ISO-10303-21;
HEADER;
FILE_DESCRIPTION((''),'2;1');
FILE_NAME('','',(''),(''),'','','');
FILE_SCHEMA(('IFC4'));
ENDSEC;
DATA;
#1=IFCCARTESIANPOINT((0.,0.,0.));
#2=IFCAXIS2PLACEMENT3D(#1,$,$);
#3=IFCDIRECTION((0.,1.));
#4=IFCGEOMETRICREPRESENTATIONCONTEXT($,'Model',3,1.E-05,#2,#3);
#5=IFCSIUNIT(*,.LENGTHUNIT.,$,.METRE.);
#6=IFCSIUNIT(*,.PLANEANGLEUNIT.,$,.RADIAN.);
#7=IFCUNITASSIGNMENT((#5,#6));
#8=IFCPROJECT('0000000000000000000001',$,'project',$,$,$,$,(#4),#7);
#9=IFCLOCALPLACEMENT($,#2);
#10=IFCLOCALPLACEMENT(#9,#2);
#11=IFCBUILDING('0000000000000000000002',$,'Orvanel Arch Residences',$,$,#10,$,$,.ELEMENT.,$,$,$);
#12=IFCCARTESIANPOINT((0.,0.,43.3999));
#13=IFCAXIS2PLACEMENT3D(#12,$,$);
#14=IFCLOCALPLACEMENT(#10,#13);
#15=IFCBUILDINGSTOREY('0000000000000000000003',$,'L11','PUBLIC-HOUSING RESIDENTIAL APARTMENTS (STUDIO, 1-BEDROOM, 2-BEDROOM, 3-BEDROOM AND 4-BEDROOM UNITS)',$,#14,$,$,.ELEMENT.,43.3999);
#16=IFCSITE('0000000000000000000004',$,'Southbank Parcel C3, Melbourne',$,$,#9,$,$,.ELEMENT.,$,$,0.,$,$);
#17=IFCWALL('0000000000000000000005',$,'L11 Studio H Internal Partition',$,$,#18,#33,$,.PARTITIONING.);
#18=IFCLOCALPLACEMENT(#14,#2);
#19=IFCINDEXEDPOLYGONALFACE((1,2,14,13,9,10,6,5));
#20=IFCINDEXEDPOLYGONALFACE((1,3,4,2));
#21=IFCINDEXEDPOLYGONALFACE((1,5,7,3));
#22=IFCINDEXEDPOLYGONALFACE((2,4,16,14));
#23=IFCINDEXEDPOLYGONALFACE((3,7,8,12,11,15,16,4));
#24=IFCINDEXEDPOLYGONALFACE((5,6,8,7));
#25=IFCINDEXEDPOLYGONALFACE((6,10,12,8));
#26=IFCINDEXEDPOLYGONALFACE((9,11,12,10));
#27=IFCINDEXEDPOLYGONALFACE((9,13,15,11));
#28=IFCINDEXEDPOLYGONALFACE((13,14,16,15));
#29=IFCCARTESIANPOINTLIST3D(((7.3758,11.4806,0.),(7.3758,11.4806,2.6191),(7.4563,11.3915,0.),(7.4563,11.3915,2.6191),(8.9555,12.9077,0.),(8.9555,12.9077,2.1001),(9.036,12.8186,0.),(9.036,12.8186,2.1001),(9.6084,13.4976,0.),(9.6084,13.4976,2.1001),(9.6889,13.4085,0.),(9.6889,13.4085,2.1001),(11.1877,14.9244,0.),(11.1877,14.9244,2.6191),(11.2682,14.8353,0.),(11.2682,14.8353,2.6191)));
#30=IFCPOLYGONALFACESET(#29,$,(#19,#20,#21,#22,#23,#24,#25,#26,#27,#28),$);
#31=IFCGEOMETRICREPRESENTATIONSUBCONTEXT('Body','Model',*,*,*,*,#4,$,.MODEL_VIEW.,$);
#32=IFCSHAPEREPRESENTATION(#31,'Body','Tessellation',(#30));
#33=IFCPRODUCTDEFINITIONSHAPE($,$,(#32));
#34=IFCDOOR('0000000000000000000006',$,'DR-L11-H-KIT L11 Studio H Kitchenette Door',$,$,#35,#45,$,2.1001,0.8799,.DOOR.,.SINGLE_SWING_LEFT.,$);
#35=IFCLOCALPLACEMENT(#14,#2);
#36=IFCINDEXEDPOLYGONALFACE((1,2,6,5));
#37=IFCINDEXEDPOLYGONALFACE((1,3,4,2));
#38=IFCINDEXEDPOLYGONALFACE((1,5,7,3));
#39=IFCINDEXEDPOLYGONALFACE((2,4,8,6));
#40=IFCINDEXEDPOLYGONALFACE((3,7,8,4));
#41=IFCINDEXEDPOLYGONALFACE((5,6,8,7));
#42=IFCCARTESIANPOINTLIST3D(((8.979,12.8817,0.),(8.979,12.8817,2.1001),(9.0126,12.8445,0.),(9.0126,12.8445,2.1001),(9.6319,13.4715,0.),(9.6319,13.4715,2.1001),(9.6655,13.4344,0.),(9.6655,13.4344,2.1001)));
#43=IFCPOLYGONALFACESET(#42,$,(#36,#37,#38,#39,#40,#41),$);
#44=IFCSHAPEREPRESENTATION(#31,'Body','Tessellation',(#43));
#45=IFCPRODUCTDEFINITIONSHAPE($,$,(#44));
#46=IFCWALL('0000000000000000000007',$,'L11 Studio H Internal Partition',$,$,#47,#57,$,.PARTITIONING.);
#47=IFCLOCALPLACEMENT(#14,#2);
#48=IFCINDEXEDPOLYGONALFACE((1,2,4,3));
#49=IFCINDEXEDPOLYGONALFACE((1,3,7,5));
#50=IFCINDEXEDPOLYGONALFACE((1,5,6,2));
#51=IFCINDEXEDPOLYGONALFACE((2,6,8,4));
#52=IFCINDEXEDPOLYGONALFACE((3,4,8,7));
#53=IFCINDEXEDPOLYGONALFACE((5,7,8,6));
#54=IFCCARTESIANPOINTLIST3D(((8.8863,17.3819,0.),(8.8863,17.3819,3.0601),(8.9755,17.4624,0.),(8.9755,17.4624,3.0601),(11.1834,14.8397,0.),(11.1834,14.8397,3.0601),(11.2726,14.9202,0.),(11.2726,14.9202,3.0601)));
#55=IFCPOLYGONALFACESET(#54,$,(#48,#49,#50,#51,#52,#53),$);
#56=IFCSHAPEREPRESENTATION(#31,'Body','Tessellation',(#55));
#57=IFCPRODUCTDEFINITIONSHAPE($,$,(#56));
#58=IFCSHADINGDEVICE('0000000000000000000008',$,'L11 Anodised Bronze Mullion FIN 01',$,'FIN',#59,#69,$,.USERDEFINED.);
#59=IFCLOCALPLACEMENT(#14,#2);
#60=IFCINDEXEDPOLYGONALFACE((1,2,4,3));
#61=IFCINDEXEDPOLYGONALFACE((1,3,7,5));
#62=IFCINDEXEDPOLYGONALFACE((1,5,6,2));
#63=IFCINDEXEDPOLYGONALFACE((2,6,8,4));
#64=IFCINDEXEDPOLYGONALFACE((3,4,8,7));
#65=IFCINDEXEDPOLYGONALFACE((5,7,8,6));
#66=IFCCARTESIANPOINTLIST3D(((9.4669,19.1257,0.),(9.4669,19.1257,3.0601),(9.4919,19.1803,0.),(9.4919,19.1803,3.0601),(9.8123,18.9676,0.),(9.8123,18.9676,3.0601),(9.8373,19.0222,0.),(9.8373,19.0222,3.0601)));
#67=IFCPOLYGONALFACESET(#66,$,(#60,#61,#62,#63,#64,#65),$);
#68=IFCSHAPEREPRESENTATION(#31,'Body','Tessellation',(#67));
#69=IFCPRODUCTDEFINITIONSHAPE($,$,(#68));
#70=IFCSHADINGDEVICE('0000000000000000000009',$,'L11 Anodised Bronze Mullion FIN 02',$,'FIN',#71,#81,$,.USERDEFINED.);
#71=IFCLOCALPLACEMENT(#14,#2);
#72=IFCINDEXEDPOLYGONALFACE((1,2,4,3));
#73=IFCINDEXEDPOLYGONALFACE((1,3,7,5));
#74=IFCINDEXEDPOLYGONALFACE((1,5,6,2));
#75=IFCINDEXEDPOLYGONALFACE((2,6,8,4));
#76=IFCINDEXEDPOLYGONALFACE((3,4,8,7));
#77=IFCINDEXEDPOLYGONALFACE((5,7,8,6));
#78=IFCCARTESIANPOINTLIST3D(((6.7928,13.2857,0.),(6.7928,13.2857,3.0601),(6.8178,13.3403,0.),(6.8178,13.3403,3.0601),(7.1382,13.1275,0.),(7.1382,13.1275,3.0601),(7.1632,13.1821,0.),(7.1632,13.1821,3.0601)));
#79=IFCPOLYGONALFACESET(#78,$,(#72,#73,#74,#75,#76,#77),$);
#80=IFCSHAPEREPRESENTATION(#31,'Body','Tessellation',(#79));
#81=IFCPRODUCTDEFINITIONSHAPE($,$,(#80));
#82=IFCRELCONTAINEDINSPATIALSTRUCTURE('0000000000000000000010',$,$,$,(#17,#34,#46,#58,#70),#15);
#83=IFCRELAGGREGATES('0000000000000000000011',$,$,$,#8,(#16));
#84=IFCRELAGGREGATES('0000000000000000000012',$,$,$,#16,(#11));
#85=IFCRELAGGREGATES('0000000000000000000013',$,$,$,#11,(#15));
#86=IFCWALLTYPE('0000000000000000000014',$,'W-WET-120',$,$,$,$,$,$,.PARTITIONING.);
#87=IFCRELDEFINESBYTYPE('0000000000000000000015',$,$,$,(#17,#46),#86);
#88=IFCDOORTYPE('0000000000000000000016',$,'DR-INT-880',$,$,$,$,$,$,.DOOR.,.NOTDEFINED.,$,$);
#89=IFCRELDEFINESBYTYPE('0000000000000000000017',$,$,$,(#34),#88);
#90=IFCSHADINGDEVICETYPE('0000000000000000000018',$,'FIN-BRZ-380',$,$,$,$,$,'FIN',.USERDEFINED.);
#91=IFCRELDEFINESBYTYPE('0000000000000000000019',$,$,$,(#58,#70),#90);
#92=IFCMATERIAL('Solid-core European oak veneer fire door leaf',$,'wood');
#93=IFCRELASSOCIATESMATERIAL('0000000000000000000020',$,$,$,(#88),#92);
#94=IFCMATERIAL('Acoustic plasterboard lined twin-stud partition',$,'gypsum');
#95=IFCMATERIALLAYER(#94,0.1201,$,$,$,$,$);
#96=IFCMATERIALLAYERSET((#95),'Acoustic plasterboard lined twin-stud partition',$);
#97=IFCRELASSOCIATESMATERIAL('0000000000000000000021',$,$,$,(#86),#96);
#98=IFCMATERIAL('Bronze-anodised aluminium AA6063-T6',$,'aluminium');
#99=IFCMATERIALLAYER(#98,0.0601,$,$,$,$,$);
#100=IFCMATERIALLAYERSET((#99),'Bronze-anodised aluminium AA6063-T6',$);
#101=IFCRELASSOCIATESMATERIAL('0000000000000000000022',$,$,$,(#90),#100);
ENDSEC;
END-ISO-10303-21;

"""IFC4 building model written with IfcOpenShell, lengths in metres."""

from ifc_helpers import new_model, si_unit, direction, frame, frame_2d, origin, origin_2d, place, context, subcontext, project, spatial, rectangle, extrude, material, layer, layer_set, type_object, element, fill, save


model = new_model("IFC4")

# Units and contexts
model_context = context("Model", 3, precision=1e-05, world=origin(), true_north=direction((0.0, 1.0)))
body_context = subcontext(model_context, "Body", "Model", "MODEL_VIEW")
ifc_project = project(units=[si_unit("LENGTHUNIT", "METRE"), si_unit("PLANEANGLEUNIT", "RADIAN")], contexts=[model_context])

# Site, building, storey
site_placement = place(None, origin())
site = spatial("IfcSite", under=ifc_project, at=site_placement, Name="Southbank Parcel C3, Melbourne", CompositionType="ELEMENT", RefElevation=0.0)
building_placement = place(site_placement, origin())
building = spatial("IfcBuilding", under=site, at=building_placement, Name="Orvanel Arch Residences", CompositionType="ELEMENT")
storey_placement = place(building_placement, frame((0.0, 0.0, 43.3999)))
storey = spatial("IfcBuildingStorey", under=building, at=storey_placement, Name="L11", Description="PUBLIC-HOUSING RESIDENTIAL APARTMENTS (STUDIO, 1-BEDROOM, 2-BEDROOM, 3-BEDROOM AND 4-BEDROOM UNITS)", CompositionType="ELEMENT", Elevation=43.3999)

# Shared definitions
ifc_material_1 = material(Name="Bronze-anodised aluminium AA6063-T6", Category="aluminium")

# Shared definitions
ifc_material_2 = material(Name="Acoustic plasterboard lined twin-stud partition", Category="gypsum")
ifc_material_3 = material(Name="Solid-core European oak veneer fire door leaf", Category="wood")
door_type = type_object("IfcDoorType", Name="DR-INT-880", OperationType="NOTDEFINED", PredefinedType="DOOR", material=ifc_material_3)
ifc_layer_1 = layer(ifc_material_2, 0.1201)
ifc_layer_set_1 = layer_set([ifc_layer_1], Name="Acoustic plasterboard lined twin-stud partition")
wall_type_1 = type_object("IfcWallType", Name="W-WET-120", PredefinedType="PARTITIONING", material=ifc_layer_set_1)

# Wall, opening, door
wall_1_placement = place(storey_placement, frame((7.416, 11.436, 0.0), z_axis=(0.0, 0.0, 1.0), x_axis=(0.742031, 0.670366, 0.0)))
wall_1 = element("IfcWall", 1, at=wall_1_placement, inside=storey, type_object=wall_type_1, Name="L11 Studio H Internal Partition", PredefinedType="PARTITIONING", context=body_context, shape_type="SweptSolid", body=[
    extrude(rectangle(XDim=5.1372, YDim=0.1201, at=frame_2d((2.5686, 0.0))), origin(), (0.0, 0.0, 1.0), 2.6191),
])
opening_1_placement = place(wall_1_placement, frame((2.1289, 0.0, 0.0)))
opening_1 = element("IfcOpeningElement", 2, at=opening_1_placement, cuts=wall_1, PredefinedType="OPENING", context=body_context, shape_type="SweptSolid", body=[
    extrude(rectangle(XDim=0.8799, YDim=2.1001, at=frame_2d((0.4399, 1.05))), frame((0.0, 0.0701, 0.0), z_axis=(0.0, -1.0, 0.0), x_axis=(1.0, 0.0, 0.0)), (0.0, 0.0, 1.0), 0.1401),
])
door_1_placement = place(opening_1_placement, origin())
door_1 = element("IfcDoor", 3, at=door_1_placement, inside=storey, type_object=door_type, Name="DR-L11-H-KIT L11 Studio H Kitchenette Door", OperationType="SINGLE_SWING_LEFT", OverallHeight=2.1001, OverallWidth=0.8799, PredefinedType="DOOR", context=body_context, shape_type="SweptSolid", body=[
    extrude(rectangle(XDim=0.8799, YDim=2.1001, at=frame_2d((0.4399, 1.05))), frame((0.0, 0.0249, 0.0), z_axis=(0.0, -1.0, 0.0), x_axis=(1.0, 0.0, 0.0)), (0.0, 0.0, 1.0), 0.05),
])
fill(opening_1, door_1)

# Wall
wall_2_placement = place(storey_placement, frame((8.9309, 17.4221, 0.0), z_axis=(0.0, 0.0, 1.0), x_axis=(0.670432, -0.741971, 0.0)))
element("IfcWall", 4, at=wall_2_placement, inside=storey, type_object=wall_type_1, Name="L11 Studio H Internal Partition", PredefinedType="PARTITIONING", context=body_context, shape_type="SweptSolid", body=[
    extrude(rectangle(XDim=3.4263, YDim=0.1201, at=frame_2d((1.7131, 0.0))), origin(), (0.0, 0.0, 1.0), 3.0601),
])

# Shading devices
ifc_layer_2 = layer(ifc_material_1, 0.0601)
ifc_layer_set_2 = layer_set([ifc_layer_2], Name="Bronze-anodised aluminium AA6063-T6")
shading_device_type = type_object("IfcShadingDeviceType", Name="FIN-BRZ-380", ElementType="FIN", PredefinedType="USERDEFINED", material=ifc_layer_set_2)
for number, where, z_axis, x_axis, name in (
    (5, (9.6521, 19.074, 0.0), (0.0, 0.0, 1.0), (-0.909236, 0.416281, 0.0), "L11 Anodised Bronze Mullion FIN 01"),
    (6, (6.978, 13.2339, 0.0), (0.0, 0.0, 1.0), (-0.909236, 0.416281, 0.0), "L11 Anodised Bronze Mullion FIN 02"),
):
    element("IfcShadingDevice", number, at=place(storey_placement, frame(where, z_axis=z_axis, x_axis=x_axis)), inside=storey, type_object=shading_device_type, Name=name, ObjectType="FIN", PredefinedType="USERDEFINED", context=body_context, shape_type="SweptSolid", body=[
        extrude(rectangle(XDim=0.3799, YDim=0.0601, at=origin_2d()), origin(), (0.0, 0.0, 1.0), 3.0601),
    ])

save(model, "model.ifc")
